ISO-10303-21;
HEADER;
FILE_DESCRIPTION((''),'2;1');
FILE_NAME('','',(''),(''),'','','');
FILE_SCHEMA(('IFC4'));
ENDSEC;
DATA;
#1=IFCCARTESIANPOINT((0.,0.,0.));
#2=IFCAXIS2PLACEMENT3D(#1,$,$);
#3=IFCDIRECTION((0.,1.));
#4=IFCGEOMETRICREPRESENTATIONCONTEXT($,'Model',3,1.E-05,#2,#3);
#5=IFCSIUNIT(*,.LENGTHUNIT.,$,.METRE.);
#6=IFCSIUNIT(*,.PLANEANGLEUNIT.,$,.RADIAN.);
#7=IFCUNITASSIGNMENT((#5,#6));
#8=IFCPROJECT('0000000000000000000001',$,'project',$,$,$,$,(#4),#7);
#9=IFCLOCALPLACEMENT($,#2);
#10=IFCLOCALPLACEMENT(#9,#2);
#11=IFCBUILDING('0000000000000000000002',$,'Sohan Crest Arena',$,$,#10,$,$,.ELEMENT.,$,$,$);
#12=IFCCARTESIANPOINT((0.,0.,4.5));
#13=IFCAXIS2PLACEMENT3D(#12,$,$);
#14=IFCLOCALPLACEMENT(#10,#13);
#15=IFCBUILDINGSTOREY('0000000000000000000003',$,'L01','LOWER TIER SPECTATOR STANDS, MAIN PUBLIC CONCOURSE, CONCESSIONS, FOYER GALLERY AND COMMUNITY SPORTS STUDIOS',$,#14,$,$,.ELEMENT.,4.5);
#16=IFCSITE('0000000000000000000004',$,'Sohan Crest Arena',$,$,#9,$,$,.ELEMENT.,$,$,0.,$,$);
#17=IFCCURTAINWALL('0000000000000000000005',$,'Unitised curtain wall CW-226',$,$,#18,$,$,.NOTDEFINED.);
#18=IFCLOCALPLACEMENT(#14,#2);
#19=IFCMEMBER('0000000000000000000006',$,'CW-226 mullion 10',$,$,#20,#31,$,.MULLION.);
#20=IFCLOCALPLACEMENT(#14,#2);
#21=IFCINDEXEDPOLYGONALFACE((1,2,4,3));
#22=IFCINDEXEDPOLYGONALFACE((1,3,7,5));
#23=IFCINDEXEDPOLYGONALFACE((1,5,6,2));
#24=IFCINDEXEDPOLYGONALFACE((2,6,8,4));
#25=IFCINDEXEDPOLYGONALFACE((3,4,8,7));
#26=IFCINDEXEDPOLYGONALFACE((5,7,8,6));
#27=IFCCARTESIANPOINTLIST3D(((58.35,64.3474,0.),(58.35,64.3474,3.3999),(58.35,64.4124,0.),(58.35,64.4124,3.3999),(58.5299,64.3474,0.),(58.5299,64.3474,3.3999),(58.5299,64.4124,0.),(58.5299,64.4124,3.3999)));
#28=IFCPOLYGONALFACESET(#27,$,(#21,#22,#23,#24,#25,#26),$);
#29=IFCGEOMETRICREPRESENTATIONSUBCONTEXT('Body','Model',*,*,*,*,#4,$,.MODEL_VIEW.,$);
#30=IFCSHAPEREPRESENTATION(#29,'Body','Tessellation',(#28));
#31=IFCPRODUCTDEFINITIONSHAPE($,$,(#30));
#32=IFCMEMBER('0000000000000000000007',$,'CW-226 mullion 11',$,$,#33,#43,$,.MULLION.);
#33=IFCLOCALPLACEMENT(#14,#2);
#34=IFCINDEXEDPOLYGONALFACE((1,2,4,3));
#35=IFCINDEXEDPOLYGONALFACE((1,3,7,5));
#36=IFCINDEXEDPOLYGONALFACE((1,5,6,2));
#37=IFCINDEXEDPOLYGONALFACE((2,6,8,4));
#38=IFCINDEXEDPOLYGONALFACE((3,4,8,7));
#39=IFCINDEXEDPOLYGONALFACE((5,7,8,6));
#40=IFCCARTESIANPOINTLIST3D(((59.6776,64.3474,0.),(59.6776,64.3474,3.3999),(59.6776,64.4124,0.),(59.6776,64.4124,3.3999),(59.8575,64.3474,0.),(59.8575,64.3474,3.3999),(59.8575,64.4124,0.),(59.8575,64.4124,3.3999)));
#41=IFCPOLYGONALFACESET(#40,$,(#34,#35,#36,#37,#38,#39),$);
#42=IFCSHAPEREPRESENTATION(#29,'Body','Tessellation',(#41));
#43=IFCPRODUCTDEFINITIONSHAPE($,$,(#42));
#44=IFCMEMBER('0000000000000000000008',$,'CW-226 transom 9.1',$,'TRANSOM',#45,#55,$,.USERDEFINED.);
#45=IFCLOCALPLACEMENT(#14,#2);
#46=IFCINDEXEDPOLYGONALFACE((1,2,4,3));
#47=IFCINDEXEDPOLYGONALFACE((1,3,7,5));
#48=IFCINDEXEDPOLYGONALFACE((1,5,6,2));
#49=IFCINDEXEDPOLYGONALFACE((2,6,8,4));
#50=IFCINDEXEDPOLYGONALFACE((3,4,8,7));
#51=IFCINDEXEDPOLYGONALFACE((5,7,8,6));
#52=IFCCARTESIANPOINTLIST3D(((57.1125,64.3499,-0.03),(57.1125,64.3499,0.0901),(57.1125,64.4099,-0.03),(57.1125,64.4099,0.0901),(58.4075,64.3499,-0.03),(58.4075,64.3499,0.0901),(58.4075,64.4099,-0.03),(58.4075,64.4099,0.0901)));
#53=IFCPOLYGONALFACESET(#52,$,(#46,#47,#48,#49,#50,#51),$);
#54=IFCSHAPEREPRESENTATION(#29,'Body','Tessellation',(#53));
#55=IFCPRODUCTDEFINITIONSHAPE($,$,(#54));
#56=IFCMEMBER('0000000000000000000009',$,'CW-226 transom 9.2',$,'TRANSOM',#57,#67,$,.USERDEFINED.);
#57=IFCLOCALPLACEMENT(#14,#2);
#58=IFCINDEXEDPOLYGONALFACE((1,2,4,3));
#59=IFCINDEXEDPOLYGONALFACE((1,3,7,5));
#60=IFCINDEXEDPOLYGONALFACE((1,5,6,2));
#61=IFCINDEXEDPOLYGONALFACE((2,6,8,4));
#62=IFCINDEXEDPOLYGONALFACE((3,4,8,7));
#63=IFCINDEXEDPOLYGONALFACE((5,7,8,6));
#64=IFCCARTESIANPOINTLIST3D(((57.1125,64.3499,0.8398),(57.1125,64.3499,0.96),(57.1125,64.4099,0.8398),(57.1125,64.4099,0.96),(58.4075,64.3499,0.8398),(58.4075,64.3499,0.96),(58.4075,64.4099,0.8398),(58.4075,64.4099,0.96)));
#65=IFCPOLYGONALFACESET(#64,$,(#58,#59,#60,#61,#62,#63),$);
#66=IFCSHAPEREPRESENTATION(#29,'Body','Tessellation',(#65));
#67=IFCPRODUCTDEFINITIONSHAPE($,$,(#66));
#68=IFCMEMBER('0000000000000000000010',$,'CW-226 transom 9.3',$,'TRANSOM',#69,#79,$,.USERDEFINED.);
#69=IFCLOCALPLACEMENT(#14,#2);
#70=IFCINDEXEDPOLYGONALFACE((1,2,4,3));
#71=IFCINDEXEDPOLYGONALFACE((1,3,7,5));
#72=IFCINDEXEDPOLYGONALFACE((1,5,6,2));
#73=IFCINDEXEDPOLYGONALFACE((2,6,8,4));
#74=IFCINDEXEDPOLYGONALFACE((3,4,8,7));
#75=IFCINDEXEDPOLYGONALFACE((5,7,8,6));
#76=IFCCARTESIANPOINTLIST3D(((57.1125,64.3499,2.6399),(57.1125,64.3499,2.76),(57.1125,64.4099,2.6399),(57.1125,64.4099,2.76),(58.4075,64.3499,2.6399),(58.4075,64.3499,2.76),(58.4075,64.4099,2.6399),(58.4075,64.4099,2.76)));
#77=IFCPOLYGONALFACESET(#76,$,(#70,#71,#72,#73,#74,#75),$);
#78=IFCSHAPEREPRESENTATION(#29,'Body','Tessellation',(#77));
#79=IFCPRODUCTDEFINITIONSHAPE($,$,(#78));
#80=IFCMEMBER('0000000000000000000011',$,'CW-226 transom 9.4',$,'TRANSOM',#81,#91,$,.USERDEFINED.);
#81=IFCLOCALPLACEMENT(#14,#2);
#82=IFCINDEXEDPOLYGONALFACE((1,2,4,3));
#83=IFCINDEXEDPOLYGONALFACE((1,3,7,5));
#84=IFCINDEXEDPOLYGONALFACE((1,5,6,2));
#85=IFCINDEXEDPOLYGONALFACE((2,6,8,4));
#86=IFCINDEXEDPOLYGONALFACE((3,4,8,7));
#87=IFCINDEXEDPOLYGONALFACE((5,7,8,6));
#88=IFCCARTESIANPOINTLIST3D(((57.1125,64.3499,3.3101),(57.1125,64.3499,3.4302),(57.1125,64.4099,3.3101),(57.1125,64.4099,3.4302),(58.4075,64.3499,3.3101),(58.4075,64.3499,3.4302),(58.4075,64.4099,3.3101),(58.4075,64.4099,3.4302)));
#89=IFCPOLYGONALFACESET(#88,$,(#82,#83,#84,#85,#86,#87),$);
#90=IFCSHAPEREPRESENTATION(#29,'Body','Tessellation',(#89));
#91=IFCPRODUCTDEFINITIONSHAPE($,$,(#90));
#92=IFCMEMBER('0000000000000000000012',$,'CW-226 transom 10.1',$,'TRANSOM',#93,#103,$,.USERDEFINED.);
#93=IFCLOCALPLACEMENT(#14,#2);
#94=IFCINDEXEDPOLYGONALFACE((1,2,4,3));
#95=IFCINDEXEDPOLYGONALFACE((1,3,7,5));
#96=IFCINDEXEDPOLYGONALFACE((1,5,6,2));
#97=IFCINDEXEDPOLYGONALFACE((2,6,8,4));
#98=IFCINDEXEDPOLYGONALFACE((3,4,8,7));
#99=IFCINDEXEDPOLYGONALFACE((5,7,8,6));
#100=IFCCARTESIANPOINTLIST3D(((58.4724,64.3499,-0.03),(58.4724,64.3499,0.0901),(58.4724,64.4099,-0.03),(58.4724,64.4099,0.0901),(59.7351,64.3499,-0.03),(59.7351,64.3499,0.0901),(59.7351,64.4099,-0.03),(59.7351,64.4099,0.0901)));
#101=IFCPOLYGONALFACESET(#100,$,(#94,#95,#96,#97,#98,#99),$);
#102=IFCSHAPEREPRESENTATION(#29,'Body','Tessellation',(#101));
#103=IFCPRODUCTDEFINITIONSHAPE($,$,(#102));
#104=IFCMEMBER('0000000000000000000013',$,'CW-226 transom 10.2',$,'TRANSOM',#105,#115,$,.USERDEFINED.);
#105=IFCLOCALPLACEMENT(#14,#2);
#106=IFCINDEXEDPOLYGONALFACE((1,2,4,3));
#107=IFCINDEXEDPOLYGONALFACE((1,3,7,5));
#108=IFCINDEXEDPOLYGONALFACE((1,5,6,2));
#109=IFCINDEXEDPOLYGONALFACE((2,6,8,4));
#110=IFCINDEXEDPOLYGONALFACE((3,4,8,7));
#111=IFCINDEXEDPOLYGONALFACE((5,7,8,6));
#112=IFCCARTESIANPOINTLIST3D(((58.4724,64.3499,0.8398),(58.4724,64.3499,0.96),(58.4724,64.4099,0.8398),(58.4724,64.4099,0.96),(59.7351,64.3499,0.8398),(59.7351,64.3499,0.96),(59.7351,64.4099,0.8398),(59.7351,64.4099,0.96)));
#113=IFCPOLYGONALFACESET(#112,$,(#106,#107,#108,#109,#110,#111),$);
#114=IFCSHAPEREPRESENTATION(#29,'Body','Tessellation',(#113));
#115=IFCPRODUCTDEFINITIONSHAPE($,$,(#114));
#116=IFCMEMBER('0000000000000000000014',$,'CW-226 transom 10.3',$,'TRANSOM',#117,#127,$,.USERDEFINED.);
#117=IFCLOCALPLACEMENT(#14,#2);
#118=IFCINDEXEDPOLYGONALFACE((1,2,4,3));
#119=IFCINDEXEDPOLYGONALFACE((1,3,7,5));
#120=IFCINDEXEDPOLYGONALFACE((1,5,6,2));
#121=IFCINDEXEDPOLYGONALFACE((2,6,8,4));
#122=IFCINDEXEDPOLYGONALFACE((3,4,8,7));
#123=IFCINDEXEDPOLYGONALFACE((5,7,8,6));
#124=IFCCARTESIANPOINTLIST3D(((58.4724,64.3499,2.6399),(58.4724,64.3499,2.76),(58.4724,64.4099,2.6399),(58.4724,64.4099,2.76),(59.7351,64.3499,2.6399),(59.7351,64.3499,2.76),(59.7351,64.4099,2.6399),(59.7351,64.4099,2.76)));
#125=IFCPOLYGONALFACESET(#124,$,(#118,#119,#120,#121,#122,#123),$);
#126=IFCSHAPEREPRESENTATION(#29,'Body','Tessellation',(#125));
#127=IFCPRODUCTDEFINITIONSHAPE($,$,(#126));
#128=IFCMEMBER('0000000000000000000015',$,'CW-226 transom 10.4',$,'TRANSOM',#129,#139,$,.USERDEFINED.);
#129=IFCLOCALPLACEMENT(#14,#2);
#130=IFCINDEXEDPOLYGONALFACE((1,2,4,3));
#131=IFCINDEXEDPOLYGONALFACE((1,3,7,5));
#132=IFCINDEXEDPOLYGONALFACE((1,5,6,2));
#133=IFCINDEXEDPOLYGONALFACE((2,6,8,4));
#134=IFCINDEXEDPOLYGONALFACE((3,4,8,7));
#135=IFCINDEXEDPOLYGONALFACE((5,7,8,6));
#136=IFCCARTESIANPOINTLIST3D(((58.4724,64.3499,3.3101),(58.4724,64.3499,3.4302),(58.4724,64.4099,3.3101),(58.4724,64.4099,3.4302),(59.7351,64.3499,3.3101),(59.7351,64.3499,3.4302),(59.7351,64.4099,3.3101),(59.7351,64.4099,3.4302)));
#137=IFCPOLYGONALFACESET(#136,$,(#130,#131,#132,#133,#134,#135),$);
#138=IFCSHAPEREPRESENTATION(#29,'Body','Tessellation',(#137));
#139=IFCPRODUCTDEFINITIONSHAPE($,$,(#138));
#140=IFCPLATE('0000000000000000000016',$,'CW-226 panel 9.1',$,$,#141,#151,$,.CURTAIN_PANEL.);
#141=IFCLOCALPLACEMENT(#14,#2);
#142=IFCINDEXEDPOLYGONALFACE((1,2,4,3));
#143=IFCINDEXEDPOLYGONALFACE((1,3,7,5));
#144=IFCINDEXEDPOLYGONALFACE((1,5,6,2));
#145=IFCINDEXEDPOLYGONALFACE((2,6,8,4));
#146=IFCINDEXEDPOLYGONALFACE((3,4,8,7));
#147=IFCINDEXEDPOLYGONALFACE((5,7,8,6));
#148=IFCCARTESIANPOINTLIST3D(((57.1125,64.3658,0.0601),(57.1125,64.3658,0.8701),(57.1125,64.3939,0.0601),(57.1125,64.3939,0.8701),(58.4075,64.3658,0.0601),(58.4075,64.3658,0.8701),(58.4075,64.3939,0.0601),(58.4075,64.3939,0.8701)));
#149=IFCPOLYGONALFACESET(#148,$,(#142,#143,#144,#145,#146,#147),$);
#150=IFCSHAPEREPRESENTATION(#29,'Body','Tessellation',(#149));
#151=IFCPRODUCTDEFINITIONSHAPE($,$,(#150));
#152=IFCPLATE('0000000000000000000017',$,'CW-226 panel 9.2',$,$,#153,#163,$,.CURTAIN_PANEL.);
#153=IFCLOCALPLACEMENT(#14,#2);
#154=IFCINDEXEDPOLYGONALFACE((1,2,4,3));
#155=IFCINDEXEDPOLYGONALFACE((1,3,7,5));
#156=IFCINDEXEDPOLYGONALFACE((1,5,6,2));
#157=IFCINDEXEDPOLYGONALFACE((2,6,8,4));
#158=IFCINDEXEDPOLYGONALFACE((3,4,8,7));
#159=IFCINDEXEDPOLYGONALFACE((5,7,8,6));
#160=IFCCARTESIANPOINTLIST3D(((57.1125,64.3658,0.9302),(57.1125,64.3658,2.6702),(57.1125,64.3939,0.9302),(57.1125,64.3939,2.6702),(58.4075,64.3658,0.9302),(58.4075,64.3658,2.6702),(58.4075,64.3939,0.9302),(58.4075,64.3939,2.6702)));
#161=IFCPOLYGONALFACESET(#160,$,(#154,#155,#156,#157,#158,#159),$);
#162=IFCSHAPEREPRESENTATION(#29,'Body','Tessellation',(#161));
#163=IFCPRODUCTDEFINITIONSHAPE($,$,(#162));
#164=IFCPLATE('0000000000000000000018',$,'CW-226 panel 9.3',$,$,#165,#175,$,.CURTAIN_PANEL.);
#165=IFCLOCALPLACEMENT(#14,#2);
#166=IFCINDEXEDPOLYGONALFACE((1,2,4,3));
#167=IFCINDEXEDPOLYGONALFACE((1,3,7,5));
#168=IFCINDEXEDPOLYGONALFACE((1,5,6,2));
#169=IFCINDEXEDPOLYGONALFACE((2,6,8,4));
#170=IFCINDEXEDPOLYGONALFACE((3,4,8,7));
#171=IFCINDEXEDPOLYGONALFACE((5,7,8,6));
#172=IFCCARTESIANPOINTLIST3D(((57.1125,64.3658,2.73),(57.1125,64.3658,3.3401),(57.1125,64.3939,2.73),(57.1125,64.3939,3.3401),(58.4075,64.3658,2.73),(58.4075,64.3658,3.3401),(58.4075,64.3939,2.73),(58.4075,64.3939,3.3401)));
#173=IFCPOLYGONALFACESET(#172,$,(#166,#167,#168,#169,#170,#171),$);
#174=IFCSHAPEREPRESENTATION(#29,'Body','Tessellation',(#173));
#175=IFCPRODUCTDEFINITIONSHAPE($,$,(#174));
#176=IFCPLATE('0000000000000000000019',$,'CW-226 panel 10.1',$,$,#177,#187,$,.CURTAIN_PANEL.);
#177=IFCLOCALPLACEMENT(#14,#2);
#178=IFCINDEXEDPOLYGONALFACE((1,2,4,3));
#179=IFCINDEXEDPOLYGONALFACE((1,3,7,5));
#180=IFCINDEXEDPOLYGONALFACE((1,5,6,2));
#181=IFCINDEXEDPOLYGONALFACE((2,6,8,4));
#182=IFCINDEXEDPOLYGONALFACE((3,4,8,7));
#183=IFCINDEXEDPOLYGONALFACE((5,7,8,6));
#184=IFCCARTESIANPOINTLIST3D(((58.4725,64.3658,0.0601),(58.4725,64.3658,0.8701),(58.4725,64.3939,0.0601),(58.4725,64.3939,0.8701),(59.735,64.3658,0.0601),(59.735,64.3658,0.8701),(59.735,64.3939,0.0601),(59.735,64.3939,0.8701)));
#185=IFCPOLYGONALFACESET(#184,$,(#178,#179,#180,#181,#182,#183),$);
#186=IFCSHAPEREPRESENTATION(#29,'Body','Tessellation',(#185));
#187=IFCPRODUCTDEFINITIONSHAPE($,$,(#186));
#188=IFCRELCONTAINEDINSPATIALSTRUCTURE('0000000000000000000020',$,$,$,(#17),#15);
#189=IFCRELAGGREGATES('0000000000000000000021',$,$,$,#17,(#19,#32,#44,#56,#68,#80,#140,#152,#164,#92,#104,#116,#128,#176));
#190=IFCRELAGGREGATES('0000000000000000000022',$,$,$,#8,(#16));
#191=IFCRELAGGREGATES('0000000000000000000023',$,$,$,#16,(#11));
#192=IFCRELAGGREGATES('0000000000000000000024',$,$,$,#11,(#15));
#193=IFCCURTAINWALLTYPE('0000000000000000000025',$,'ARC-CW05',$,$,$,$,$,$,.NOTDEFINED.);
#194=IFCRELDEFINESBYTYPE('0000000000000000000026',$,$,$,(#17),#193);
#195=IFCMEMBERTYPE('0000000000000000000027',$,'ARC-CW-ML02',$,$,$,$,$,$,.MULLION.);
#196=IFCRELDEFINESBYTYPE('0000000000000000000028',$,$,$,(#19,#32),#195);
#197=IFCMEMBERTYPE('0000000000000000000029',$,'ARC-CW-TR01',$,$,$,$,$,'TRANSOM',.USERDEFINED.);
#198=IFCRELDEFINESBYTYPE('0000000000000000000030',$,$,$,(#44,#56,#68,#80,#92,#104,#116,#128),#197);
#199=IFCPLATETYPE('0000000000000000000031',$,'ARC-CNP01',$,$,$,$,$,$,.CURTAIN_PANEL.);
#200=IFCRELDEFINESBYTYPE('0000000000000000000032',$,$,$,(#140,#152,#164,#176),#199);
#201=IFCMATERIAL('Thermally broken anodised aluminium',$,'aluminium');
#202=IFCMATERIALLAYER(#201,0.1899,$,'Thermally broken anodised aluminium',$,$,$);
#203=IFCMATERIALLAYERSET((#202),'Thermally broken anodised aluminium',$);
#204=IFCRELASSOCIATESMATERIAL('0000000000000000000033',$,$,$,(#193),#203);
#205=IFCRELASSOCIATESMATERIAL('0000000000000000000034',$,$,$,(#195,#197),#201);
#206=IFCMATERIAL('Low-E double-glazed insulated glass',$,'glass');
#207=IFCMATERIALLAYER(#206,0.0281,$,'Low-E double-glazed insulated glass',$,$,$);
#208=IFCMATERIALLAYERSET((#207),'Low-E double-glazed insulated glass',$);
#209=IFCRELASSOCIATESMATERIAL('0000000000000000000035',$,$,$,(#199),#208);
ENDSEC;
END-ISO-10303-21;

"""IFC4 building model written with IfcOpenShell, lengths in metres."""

from ifc_helpers import new_model, si_unit, direction, frame, origin, origin_2d, place, context, subcontext, project, spatial, rectangle, extrude, material, layer, layer_set, material_profile, profile_set, type_object, element, aggregate, save


model = new_model("IFC4")

# Units and contexts
model_context = context("Model", 3, precision=1e-05, world=origin(), true_north=direction((0.0, 1.0)))
body_context = subcontext(model_context, "Body", "Model", "MODEL_VIEW")
ifc_project = project(units=[si_unit("LENGTHUNIT", "METRE"), si_unit("PLANEANGLEUNIT", "RADIAN")], contexts=[model_context])

# Site, building, storey
site_placement = place(None, origin())
site = spatial("IfcSite", under=ifc_project, at=site_placement, Name="Sohan Crest Arena", CompositionType="ELEMENT", RefElevation=0.0)
building_placement = place(site_placement, origin())
building = spatial("IfcBuilding", under=site, at=building_placement, Name="Sohan Crest Arena", CompositionType="ELEMENT")
storey_placement = place(building_placement, frame((0.0, 0.0, 4.5)))
storey = spatial("IfcBuildingStorey", under=building, at=storey_placement, Name="L01", Description="LOWER TIER SPECTATOR STANDS, MAIN PUBLIC CONCOURSE, CONCESSIONS, FOYER GALLERY AND COMMUNITY SPORTS STUDIOS", CompositionType="ELEMENT", Elevation=4.5)

# Curtain wall, members, plates
ifc_material_1 = material(Name="Thermally broken anodised aluminium", Category="aluminium")
ifc_layer_1 = layer(ifc_material_1, 0.1899, Name="Thermally broken anodised aluminium")
ifc_layer_set_1 = layer_set([ifc_layer_1], Name="Thermally broken anodised aluminium")
curtain_wall_type = type_object("IfcCurtainWallType", Name="ARC-CW05", PredefinedType="NOTDEFINED", material=ifc_layer_set_1)
curtain_wall_placement = place(storey_placement, origin())
curtain_wall = element("IfcCurtainWall", 1, at=curtain_wall_placement, inside=storey, type_object=curtain_wall_type, Name="Unitised curtain wall CW-226", PredefinedType="NOTDEFINED")
ifc_material_profile_1 = material_profile(ifc_material_1, rectangle(XDim=0.0649, YDim=0.1799, at=origin_2d()), Name="ALU-MULL 65x180")
ifc_profile_set_1 = profile_set([ifc_material_profile_1], Name="Thermally broken anodised aluminium")
member_type_1 = type_object("IfcMemberType", Name="ARC-CW-ML02", PredefinedType="MULLION", material=ifc_profile_set_1)
member_1_placement = place(storey_placement, frame((58.4399, 64.3799, 0.0), z_axis=(0.0, 0.0, 1.0), x_axis=(0.0, 1.0, 0.0)))
member_1 = element("IfcMember", 2, at=member_1_placement, type_object=member_type_1, Name="CW-226 mullion 10", PredefinedType="MULLION", context=body_context, shape_type="SweptSolid", body=[
    extrude(rectangle(XDim=0.0649, YDim=0.1799, at=origin_2d()), origin(), (0.0, 0.0, 1.0), 3.3999),
])
member_2_placement = place(storey_placement, frame((59.7676, 64.3799, 0.0), z_axis=(0.0, 0.0, 1.0), x_axis=(0.0, 1.0, 0.0)))
member_2 = element("IfcMember", 3, at=member_2_placement, type_object=member_type_1, Name="CW-226 mullion 11", PredefinedType="MULLION", context=body_context, shape_type="SweptSolid", body=[
    extrude(rectangle(XDim=0.0649, YDim=0.1799, at=origin_2d()), origin(), (0.0, 0.0, 1.0), 3.3999),
])
ifc_material_profile_2 = material_profile(ifc_material_1, rectangle(XDim=0.0601, YDim=0.1201, at=origin_2d()), Name="ALU-TRAN 60x120")
ifc_profile_set_2 = profile_set([ifc_material_profile_2], Name="Thermally broken anodised aluminium")
member_type_2 = type_object("IfcMemberType", Name="ARC-CW-TR01", ElementType="TRANSOM", PredefinedType="USERDEFINED", material=ifc_profile_set_2)
member_3_placement = place(storey_placement, frame((57.1125, 64.3799, 0.03), z_axis=(1.0, 0.0, 0.0), x_axis=(0.0, 1.0, 0.0)))
member_3 = element("IfcMember", 4, at=member_3_placement, type_object=member_type_2, Name="CW-226 transom 9.1", ObjectType="TRANSOM", PredefinedType="USERDEFINED", context=body_context, shape_type="SweptSolid", body=[
    extrude(rectangle(XDim=0.0601, YDim=0.1201, at=origin_2d()), origin(), (0.0, 0.0, 1.0), 1.2949),
])
member_4_placement = place(storey_placement, frame((57.1125, 64.3799, 0.8999), z_axis=(1.0, 0.0, 0.0), x_axis=(0.0, 1.0, 0.0)))
member_4 = element("IfcMember", 5, at=member_4_placement, type_object=member_type_2, Name="CW-226 transom 9.2", ObjectType="TRANSOM", PredefinedType="USERDEFINED", context=body_context, shape_type="SweptSolid", body=[
    extrude(rectangle(XDim=0.0601, YDim=0.1201, at=origin_2d()), origin(), (0.0, 0.0, 1.0), 1.2949),
])
member_5_placement = place(storey_placement, frame((57.1125, 64.3799, 2.7), z_axis=(1.0, 0.0, 0.0), x_axis=(0.0, 1.0, 0.0)))
member_5 = element("IfcMember", 6, at=member_5_placement, type_object=member_type_2, Name="CW-226 transom 9.3", ObjectType="TRANSOM", PredefinedType="USERDEFINED", context=body_context, shape_type="SweptSolid", body=[
    extrude(rectangle(XDim=0.0601, YDim=0.1201, at=origin_2d()), origin(), (0.0, 0.0, 1.0), 1.2949),
])
member_6_placement = place(storey_placement, frame((57.1125, 64.3799, 3.3701), z_axis=(1.0, 0.0, 0.0), x_axis=(0.0, 1.0, 0.0)))
member_6 = element("IfcMember", 7, at=member_6_placement, type_object=member_type_2, Name="CW-226 transom 9.4", ObjectType="TRANSOM", PredefinedType="USERDEFINED", context=body_context, shape_type="SweptSolid", body=[
    extrude(rectangle(XDim=0.0601, YDim=0.1201, at=origin_2d()), origin(), (0.0, 0.0, 1.0), 1.2949),
])
member_7_placement = place(storey_placement, frame((58.4724, 64.3799, 0.03), z_axis=(1.0, 0.0, 0.0), x_axis=(0.0, 1.0, 0.0)))
member_7 = element("IfcMember", 8, at=member_7_placement, type_object=member_type_2, Name="CW-226 transom 10.1", ObjectType="TRANSOM", PredefinedType="USERDEFINED", context=body_context, shape_type="SweptSolid", body=[
    extrude(rectangle(XDim=0.0601, YDim=0.1201, at=origin_2d()), origin(), (0.0, 0.0, 1.0), 1.2627),
])
member_8_placement = place(storey_placement, frame((58.4724, 64.3799, 0.8999), z_axis=(1.0, 0.0, 0.0), x_axis=(0.0, 1.0, 0.0)))
member_8 = element("IfcMember", 9, at=member_8_placement, type_object=member_type_2, Name="CW-226 transom 10.2", ObjectType="TRANSOM", PredefinedType="USERDEFINED", context=body_context, shape_type="SweptSolid", body=[
    extrude(rectangle(XDim=0.0601, YDim=0.1201, at=origin_2d()), origin(), (0.0, 0.0, 1.0), 1.2627),
])
member_9_placement = place(storey_placement, frame((58.4724, 64.3799, 2.7), z_axis=(1.0, 0.0, 0.0), x_axis=(0.0, 1.0, 0.0)))
member_9 = element("IfcMember", 10, at=member_9_placement, type_object=member_type_2, Name="CW-226 transom 10.3", ObjectType="TRANSOM", PredefinedType="USERDEFINED", context=body_context, shape_type="SweptSolid", body=[
    extrude(rectangle(XDim=0.0601, YDim=0.1201, at=origin_2d()), origin(), (0.0, 0.0, 1.0), 1.2627),
])
member_10_placement = place(storey_placement, frame((58.4724, 64.3799, 3.3701), z_axis=(1.0, 0.0, 0.0), x_axis=(0.0, 1.0, 0.0)))
member_10 = element("IfcMember", 11, at=member_10_placement, type_object=member_type_2, Name="CW-226 transom 10.4", ObjectType="TRANSOM", PredefinedType="USERDEFINED", context=body_context, shape_type="SweptSolid", body=[
    extrude(rectangle(XDim=0.0601, YDim=0.1201, at=origin_2d()), origin(), (0.0, 0.0, 1.0), 1.2627),
])
ifc_material_2 = material(Name="Low-E double-glazed insulated glass", Category="glass")
ifc_layer_2 = layer(ifc_material_2, 0.0281, Name="Low-E double-glazed insulated glass")
ifc_layer_set_2 = layer_set([ifc_layer_2], Name="Low-E double-glazed insulated glass")
plate_type = type_object("IfcPlateType", Name="ARC-CNP01", PredefinedType="CURTAIN_PANEL", material=ifc_layer_set_2)
plate_1_placement = place(storey_placement, frame((57.76, 64.3799, 0.0601), z_axis=(0.0, 0.0, 1.0), x_axis=(1.0, 0.0, 0.0)))
plate_1 = element("IfcPlate", 12, at=plate_1_placement, type_object=plate_type, Name="CW-226 panel 9.1", PredefinedType="CURTAIN_PANEL", context=body_context, shape_type="SweptSolid", body=[
    extrude(rectangle(XDim=1.2949, YDim=0.0281, at=origin_2d()), origin(), (0.0, 0.0, 1.0), 0.8101),
])
plate_2_placement = place(storey_placement, frame((57.76, 64.3799, 0.9302), z_axis=(0.0, 0.0, 1.0), x_axis=(1.0, 0.0, 0.0)))
plate_2 = element("IfcPlate", 13, at=plate_2_placement, type_object=plate_type, Name="CW-226 panel 9.2", PredefinedType="CURTAIN_PANEL", context=body_context, shape_type="SweptSolid", body=[
    extrude(rectangle(XDim=1.2949, YDim=0.0281, at=origin_2d()), origin(), (0.0, 0.0, 1.0), 1.74),
])
plate_3_placement = place(storey_placement, frame((57.76, 64.3799, 2.73), z_axis=(0.0, 0.0, 1.0), x_axis=(1.0, 0.0, 0.0)))
plate_3 = element("IfcPlate", 14, at=plate_3_placement, type_object=plate_type, Name="CW-226 panel 9.3", PredefinedType="CURTAIN_PANEL", context=body_context, shape_type="SweptSolid", body=[
    extrude(rectangle(XDim=1.2949, YDim=0.0281, at=origin_2d()), origin(), (0.0, 0.0, 1.0), 0.6101),
])
plate_4_placement = place(storey_placement, frame((59.1038, 64.3799, 0.0601), z_axis=(0.0, 0.0, 1.0), x_axis=(1.0, 0.0, 0.0)))
plate_4 = element("IfcPlate", 15, at=plate_4_placement, type_object=plate_type, Name="CW-226 panel 10.1", PredefinedType="CURTAIN_PANEL", context=body_context, shape_type="SweptSolid", body=[
    extrude(rectangle(XDim=1.2625, YDim=0.0281, at=origin_2d()), origin(), (0.0, 0.0, 1.0), 0.8101),
])
aggregate(curtain_wall, [member_1, member_2, member_3, member_4, member_5, member_6, plate_1, plate_2, plate_3, member_7, member_8, member_9, member_10, plate_4])

save(model, "model.ifc")
